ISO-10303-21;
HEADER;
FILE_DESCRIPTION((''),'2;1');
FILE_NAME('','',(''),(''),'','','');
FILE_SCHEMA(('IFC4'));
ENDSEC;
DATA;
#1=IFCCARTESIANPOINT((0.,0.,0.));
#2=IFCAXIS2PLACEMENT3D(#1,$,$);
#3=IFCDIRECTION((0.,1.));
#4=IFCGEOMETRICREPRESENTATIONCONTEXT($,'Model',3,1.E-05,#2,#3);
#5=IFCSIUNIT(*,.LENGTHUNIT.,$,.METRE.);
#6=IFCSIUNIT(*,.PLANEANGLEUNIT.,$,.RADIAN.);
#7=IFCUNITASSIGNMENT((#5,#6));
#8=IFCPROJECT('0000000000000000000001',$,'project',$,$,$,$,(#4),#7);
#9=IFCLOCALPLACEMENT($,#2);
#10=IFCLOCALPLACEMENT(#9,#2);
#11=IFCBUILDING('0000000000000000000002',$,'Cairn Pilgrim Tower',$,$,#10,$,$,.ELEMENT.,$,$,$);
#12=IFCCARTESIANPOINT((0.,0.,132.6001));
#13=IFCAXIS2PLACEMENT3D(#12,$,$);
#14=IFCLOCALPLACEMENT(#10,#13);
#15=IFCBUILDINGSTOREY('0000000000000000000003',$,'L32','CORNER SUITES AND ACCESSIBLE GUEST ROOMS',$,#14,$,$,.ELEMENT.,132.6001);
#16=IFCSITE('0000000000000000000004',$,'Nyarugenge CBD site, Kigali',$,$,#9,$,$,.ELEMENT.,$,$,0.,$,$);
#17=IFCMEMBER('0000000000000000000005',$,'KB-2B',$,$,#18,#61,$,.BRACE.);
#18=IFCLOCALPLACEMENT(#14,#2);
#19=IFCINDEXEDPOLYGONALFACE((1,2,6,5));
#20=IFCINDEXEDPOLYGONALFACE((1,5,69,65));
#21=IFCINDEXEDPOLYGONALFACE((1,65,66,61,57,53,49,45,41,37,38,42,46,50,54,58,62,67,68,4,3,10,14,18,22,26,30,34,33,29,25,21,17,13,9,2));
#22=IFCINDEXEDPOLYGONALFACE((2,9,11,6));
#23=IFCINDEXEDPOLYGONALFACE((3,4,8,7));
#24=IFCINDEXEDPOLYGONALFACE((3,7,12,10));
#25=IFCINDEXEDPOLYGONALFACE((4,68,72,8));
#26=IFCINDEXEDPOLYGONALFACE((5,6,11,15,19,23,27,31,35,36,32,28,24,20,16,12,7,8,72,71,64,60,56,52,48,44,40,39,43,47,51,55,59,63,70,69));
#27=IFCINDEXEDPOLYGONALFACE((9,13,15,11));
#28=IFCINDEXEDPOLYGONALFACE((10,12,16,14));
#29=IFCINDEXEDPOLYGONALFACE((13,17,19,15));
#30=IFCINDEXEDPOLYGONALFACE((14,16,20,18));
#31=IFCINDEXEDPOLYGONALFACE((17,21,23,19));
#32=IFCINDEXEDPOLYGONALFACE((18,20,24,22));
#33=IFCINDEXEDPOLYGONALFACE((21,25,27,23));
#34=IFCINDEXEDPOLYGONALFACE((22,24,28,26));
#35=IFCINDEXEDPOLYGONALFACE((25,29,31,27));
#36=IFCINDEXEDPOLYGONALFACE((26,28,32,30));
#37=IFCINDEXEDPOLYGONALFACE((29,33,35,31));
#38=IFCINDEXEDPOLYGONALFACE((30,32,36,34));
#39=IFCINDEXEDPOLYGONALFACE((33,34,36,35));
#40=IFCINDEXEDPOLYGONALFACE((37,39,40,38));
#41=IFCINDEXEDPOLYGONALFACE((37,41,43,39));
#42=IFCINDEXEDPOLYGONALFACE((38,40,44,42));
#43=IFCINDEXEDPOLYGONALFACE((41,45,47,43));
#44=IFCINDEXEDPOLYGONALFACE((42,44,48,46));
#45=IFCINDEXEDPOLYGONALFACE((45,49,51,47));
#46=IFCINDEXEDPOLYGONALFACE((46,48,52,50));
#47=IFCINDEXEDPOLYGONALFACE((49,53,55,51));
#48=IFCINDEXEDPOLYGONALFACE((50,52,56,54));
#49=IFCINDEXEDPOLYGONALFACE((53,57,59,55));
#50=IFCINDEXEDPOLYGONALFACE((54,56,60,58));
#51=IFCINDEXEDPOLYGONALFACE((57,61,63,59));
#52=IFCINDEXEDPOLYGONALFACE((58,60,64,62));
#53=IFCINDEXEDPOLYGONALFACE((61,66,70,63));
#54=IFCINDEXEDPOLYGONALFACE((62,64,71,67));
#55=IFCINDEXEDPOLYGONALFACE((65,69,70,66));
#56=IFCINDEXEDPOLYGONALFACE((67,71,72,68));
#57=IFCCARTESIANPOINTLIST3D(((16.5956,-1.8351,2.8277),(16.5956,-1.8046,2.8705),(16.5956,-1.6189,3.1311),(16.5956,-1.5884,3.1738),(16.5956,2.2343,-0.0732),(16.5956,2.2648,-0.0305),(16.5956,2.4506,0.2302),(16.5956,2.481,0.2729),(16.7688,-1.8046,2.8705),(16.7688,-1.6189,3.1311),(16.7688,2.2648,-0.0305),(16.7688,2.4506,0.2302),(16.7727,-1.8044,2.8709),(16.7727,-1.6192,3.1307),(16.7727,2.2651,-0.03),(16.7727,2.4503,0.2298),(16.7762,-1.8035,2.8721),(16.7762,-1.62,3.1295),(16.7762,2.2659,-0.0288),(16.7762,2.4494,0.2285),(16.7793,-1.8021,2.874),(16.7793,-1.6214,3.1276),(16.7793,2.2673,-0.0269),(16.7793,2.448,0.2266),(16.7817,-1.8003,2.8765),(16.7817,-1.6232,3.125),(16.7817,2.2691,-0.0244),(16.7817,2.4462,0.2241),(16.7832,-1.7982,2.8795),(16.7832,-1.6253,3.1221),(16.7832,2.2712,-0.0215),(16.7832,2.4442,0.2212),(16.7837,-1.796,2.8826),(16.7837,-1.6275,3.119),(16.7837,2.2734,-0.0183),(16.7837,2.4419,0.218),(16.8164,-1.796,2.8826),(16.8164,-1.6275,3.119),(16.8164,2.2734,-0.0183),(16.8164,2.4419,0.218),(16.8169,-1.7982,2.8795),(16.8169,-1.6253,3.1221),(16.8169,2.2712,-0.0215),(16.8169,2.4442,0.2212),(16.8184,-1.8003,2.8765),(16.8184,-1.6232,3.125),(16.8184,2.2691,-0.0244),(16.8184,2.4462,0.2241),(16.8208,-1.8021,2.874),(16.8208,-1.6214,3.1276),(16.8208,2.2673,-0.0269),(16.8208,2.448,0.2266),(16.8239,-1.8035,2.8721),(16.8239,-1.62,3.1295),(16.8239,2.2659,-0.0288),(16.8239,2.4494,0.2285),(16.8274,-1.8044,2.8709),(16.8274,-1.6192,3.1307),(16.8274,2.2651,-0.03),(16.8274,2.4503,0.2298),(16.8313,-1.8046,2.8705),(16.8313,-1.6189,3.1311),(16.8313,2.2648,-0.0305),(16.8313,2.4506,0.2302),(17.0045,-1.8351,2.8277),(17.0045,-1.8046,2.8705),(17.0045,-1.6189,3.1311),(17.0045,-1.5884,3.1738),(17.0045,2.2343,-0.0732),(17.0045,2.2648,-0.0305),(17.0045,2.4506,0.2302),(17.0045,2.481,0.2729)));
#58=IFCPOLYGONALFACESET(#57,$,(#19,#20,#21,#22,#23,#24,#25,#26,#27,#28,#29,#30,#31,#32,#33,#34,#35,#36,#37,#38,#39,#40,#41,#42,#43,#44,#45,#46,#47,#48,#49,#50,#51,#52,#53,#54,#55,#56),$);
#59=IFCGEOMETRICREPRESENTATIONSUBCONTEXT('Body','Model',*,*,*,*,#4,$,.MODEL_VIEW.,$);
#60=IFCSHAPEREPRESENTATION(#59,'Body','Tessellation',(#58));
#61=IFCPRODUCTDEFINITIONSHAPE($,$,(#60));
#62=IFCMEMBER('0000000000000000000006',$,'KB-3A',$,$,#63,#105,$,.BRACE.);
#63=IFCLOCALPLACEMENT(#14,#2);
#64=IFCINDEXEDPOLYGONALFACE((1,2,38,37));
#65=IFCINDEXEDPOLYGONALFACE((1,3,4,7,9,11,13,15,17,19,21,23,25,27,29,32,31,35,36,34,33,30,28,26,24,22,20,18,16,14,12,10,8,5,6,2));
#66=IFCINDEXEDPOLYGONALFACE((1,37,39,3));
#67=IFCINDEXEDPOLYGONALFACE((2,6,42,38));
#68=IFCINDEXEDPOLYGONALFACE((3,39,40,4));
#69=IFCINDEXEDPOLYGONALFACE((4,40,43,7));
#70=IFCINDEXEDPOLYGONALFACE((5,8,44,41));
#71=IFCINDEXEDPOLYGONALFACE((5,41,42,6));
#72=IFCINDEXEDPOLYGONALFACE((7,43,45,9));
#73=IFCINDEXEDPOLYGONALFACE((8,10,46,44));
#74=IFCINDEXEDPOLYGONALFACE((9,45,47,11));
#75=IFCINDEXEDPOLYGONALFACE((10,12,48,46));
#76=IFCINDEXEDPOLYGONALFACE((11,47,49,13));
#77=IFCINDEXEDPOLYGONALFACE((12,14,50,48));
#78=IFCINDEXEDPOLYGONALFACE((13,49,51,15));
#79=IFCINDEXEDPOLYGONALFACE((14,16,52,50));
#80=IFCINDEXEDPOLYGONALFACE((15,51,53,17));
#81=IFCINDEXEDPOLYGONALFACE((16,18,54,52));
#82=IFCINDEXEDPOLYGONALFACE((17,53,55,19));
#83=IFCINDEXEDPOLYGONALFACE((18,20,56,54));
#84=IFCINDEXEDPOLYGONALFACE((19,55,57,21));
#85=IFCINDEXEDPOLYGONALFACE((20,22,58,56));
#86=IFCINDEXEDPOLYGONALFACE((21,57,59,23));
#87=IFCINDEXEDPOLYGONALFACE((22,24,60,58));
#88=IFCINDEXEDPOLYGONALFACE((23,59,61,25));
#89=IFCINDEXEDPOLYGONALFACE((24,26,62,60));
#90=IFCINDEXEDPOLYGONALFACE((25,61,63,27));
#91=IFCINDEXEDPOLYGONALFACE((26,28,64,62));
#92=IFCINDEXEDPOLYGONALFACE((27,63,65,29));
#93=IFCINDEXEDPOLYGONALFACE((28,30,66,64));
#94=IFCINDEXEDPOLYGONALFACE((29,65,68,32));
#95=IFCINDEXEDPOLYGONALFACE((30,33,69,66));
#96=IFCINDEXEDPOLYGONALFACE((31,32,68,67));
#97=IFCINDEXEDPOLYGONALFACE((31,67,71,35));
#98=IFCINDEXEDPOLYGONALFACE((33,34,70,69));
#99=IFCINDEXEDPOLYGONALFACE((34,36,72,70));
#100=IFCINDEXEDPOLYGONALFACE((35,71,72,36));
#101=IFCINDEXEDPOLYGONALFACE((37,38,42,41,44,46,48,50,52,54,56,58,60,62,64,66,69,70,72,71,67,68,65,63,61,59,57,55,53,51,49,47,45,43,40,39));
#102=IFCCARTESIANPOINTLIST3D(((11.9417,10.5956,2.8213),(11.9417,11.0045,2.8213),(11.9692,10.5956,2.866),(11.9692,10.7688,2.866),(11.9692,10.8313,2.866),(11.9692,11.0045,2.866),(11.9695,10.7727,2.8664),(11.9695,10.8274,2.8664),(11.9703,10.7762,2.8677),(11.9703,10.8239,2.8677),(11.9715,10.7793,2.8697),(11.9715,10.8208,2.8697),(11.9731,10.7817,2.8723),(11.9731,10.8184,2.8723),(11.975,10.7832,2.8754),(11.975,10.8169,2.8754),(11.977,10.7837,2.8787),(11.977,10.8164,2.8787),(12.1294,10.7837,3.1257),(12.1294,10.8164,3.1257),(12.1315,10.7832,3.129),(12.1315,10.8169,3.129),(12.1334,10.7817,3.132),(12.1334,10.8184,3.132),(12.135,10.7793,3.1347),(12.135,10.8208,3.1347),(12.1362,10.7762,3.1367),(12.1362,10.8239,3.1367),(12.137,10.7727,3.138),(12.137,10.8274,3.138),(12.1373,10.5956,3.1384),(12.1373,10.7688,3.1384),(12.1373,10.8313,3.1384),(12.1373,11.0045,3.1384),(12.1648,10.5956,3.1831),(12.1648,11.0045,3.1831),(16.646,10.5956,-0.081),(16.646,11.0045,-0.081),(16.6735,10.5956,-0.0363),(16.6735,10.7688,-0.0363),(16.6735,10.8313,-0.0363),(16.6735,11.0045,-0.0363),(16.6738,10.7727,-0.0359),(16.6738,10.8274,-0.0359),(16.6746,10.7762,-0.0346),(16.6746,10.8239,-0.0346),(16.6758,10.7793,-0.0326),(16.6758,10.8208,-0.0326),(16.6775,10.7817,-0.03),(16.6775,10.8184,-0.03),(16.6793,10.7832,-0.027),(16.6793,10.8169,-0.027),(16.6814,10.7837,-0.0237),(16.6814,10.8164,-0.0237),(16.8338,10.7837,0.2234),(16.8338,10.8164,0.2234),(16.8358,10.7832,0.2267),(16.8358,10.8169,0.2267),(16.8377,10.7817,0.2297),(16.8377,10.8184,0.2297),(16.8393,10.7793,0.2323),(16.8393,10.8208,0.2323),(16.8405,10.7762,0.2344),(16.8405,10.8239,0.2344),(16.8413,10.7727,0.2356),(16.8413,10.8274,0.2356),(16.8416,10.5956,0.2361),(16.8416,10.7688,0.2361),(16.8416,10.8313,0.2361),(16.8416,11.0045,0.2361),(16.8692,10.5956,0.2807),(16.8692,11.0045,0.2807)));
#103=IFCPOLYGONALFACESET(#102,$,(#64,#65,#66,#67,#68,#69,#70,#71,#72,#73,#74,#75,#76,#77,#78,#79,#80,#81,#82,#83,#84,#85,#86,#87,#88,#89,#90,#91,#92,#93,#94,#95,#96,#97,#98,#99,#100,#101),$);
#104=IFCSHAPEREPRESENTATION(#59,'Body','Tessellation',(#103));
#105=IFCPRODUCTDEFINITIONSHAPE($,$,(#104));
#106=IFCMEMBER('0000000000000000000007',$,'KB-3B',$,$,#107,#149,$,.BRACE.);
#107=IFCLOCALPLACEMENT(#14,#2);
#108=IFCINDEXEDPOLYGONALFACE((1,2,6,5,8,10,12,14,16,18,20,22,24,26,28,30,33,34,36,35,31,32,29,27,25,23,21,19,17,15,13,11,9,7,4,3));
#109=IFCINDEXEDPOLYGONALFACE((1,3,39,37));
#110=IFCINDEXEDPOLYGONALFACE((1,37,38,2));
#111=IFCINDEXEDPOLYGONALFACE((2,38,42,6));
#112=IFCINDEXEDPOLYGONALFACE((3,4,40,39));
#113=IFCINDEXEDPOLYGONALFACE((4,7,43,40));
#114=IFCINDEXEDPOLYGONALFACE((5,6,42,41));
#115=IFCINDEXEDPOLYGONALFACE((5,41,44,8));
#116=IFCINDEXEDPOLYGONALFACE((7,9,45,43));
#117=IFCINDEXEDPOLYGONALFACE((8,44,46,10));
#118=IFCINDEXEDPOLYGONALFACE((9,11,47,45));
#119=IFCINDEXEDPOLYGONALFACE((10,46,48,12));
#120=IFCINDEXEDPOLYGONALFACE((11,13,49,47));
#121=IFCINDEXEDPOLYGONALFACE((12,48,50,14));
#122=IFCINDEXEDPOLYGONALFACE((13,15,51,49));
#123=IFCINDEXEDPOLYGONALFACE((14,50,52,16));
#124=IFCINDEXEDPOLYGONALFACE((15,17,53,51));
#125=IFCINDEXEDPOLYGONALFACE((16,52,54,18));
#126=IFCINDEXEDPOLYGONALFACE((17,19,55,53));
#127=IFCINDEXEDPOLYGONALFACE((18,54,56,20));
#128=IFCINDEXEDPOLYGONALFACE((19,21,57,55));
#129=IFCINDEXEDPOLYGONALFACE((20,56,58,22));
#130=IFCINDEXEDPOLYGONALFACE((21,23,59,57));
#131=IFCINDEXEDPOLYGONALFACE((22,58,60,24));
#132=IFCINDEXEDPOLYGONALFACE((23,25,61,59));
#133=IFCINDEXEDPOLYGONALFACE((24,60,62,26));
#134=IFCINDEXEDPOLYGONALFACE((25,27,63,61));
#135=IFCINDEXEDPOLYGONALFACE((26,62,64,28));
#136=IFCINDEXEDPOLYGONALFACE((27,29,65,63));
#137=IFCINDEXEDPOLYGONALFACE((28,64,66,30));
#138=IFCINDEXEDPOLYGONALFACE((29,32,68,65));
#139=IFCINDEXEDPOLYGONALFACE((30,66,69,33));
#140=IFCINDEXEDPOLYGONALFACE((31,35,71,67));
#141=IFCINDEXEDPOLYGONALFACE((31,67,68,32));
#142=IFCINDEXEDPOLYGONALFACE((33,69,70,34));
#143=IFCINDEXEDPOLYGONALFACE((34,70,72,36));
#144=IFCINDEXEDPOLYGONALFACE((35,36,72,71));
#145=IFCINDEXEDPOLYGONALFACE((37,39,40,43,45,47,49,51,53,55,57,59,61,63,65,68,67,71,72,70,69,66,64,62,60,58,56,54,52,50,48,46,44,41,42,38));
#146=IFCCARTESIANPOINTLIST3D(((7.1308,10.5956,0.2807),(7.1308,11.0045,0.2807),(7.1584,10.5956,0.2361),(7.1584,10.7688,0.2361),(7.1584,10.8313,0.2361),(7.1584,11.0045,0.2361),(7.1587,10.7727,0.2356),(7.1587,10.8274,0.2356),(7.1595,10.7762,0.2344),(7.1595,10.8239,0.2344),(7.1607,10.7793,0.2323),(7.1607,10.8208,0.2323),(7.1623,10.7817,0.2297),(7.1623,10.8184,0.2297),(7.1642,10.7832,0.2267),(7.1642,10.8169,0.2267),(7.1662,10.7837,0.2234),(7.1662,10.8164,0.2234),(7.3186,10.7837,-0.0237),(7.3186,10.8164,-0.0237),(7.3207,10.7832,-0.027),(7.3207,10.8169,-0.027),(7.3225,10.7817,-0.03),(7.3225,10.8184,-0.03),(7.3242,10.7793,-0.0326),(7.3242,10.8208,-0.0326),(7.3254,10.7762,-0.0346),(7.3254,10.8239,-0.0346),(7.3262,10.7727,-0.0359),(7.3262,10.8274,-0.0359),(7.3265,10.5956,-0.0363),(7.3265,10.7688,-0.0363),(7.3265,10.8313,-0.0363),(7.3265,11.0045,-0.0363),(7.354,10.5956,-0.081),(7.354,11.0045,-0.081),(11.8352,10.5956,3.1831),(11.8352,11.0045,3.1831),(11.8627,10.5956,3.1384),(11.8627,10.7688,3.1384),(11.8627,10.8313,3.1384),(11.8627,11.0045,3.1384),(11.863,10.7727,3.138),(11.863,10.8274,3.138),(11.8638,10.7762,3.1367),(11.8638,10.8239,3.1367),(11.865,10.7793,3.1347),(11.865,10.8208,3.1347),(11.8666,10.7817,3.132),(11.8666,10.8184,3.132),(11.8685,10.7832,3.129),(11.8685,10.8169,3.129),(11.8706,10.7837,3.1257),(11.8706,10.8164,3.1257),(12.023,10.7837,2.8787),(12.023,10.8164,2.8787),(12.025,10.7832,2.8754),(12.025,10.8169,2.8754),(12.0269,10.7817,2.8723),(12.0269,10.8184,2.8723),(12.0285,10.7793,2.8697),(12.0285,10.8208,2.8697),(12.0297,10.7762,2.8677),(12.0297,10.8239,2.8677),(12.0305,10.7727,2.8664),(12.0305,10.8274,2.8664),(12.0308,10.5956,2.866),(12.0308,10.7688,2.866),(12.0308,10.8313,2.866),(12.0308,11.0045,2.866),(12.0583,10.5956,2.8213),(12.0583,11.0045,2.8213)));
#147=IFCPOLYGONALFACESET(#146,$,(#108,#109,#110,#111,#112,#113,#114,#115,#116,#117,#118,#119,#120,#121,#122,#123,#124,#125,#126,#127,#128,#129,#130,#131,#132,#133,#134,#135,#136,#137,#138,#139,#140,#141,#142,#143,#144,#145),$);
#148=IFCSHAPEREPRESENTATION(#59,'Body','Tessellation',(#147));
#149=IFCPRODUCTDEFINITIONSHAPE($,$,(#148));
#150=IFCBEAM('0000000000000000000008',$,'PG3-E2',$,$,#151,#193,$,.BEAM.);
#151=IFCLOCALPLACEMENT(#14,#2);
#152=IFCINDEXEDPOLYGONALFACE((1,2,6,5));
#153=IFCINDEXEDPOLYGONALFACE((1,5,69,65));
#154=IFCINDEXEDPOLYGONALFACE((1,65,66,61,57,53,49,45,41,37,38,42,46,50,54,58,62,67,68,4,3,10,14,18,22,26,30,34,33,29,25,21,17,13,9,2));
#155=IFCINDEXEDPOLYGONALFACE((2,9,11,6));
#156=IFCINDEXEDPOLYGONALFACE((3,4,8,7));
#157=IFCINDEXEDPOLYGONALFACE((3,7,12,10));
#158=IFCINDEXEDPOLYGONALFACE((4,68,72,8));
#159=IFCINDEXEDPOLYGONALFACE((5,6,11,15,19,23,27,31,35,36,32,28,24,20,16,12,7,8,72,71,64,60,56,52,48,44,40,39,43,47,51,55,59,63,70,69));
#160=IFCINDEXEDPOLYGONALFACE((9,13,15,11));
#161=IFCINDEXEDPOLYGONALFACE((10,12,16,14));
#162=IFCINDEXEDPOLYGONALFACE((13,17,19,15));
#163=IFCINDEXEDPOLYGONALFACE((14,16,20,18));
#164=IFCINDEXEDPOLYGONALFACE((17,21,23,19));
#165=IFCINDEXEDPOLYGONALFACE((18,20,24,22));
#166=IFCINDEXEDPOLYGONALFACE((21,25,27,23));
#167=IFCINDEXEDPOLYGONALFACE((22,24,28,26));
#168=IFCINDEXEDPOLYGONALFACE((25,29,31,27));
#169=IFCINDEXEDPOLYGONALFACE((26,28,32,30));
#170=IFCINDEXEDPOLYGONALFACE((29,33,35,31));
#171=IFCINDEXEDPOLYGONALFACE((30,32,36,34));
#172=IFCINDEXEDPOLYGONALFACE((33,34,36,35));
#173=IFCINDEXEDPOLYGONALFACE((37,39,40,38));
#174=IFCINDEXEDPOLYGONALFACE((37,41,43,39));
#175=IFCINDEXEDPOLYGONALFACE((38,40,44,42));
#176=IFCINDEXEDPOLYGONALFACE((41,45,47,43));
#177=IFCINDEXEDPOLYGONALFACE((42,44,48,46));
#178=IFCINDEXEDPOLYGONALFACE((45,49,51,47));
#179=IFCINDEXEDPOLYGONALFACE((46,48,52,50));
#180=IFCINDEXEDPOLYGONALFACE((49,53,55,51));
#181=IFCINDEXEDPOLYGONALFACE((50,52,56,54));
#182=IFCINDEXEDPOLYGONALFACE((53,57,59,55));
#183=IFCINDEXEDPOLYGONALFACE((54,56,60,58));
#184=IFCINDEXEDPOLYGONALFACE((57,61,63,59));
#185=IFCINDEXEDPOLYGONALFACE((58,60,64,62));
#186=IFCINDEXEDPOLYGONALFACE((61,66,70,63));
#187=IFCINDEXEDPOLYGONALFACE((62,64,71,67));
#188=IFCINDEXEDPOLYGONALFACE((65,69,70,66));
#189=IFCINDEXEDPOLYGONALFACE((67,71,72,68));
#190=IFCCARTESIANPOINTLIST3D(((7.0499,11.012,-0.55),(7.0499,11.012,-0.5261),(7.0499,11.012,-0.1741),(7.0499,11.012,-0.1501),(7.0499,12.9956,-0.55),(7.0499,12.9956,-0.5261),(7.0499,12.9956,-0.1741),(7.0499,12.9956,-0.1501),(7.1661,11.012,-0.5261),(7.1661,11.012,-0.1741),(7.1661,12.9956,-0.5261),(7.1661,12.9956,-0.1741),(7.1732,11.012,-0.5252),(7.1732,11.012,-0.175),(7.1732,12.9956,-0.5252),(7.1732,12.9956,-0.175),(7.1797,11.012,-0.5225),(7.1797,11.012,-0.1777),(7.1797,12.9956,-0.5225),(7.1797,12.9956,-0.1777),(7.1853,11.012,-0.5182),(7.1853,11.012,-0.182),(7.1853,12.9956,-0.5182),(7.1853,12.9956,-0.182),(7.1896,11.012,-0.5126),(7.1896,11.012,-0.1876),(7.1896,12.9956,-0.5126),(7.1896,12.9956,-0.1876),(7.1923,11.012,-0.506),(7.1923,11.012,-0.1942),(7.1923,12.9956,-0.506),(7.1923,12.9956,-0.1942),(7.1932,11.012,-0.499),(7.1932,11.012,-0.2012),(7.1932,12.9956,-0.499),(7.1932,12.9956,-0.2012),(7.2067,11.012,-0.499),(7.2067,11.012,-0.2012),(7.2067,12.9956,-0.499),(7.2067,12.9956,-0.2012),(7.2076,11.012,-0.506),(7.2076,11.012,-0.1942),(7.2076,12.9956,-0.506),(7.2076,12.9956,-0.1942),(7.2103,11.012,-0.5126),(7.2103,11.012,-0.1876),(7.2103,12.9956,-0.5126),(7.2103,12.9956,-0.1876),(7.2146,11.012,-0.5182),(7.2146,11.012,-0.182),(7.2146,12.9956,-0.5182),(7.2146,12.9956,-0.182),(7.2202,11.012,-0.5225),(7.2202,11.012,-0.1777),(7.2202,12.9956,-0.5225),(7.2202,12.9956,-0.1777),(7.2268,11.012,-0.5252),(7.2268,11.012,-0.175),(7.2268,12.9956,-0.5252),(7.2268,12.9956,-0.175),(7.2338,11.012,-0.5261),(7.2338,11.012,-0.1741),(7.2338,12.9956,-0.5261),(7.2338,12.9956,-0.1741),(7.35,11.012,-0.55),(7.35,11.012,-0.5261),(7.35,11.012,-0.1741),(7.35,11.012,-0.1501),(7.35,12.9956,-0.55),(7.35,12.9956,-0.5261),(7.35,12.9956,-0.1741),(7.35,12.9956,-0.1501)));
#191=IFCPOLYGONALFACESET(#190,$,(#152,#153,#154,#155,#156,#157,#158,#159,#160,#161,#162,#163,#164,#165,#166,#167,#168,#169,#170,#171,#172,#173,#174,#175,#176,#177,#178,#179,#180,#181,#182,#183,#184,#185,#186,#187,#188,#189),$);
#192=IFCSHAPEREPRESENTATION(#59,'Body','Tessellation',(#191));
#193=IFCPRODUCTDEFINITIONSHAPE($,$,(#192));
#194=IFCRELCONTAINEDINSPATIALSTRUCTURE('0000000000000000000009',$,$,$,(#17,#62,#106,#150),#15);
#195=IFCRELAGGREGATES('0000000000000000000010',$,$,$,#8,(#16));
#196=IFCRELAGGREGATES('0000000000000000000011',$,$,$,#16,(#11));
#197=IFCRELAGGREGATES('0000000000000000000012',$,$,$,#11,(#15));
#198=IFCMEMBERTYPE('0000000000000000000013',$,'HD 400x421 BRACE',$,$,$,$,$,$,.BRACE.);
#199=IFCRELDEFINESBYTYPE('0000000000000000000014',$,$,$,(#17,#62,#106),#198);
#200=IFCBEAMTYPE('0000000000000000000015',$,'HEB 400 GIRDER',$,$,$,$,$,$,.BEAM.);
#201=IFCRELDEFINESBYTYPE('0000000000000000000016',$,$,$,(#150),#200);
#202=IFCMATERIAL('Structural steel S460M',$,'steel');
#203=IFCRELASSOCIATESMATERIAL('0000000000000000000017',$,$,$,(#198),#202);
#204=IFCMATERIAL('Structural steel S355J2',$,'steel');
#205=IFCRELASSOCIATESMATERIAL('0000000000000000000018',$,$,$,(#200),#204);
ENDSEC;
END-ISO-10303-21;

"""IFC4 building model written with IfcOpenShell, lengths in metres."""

from ifc_helpers import new_model, si_unit, direction, frame, origin, origin_2d, place, context, subcontext, project, spatial, i_section, extrude, material, material_profile, profile_set, type_object, element, save


model = new_model("IFC4")

# Units and contexts
model_context = context("Model", 3, precision=1e-05, world=origin(), true_north=direction((0.0, 1.0)))
body_context = subcontext(model_context, "Body", "Model", "MODEL_VIEW")
ifc_project = project(units=[si_unit("LENGTHUNIT", "METRE"), si_unit("PLANEANGLEUNIT", "RADIAN")], contexts=[model_context])

# Site, building, storey
site_placement = place(None, origin())
site = spatial("IfcSite", under=ifc_project, at=site_placement, Name="Nyarugenge CBD site, Kigali", CompositionType="ELEMENT", RefElevation=0.0)
building_placement = place(site_placement, origin())
building = spatial("IfcBuilding", under=site, at=building_placement, Name="Cairn Pilgrim Tower", CompositionType="ELEMENT")
storey_placement = place(building_placement, frame((0.0, 0.0, 132.6001)))
storey = spatial("IfcBuildingStorey", under=building, at=storey_placement, Name="L32", Description="CORNER SUITES AND ACCESSIBLE GUEST ROOMS", CompositionType="ELEMENT", Elevation=132.6001)

# Shared definitions
ifc_material_1 = material(Name="Structural steel S460M", Category="steel")

# Members
ifc_material_profile_1 = material_profile(ifc_material_1, i_section(OverallWidth=0.4089, OverallDepth=0.425, WebThickness=0.0327, FlangeThickness=0.0525, FilletRadius=0.0149, at=origin_2d()), Name="HD 400x421")
ifc_profile_set_1 = profile_set([ifc_material_profile_1], Name="Structural steel S460M")
member_type = type_object("IfcMemberType", Name="HD 400x421 BRACE", PredefinedType="BRACE", material=ifc_profile_set_1)
member_placement = place(storey_placement, frame((16.8, 2.3577, 0.0999), z_axis=(0.0, -0.814281, 0.580471), x_axis=(1.0, 0.0, 0.0)))
element("IfcMember", 1, at=member_placement, inside=storey, type_object=member_type, Name="KB-2B", PredefinedType="BRACE", context=body_context, shape_type="SweptSolid", body=[
    extrude(i_section(OverallWidth=0.4089, OverallDepth=0.425, WebThickness=0.0327, FlangeThickness=0.0525, FilletRadius=0.0149, at=origin_2d()), origin(), (0.0, 0.0, 1.0), 4.9976),
])
for number, where, z_axis, x_axis, name in (
    (2, (16.7576, 10.8, 0.0999), (-0.851063, 0.0, 0.525063), (0.0, -1.0, 0.0), "KB-3A"),
    (3, (7.2424, 10.8, 0.0999), (0.851063, 0.0, 0.525063), (0.0, 1.0, 0.0), "KB-3B"),
):
    element("IfcMember", number, at=place(storey_placement, frame(where, z_axis=z_axis, x_axis=x_axis)), inside=storey, type_object=member_type, Name=name, PredefinedType="BRACE", context=body_context, shape_type="SweptSolid", body=[
        extrude(i_section(OverallWidth=0.4089, OverallDepth=0.425, WebThickness=0.0327, FlangeThickness=0.0525, FilletRadius=0.0149, at=origin_2d()), origin(), (0.0, 0.0, 1.0), 5.5276),
    ])

# Beam
ifc_material_2 = material(Name="Structural steel S355J2", Category="steel")
ifc_material_profile_2 = material_profile(ifc_material_2, i_section(OverallWidth=0.3, OverallDepth=0.3999, WebThickness=0.0134, FlangeThickness=0.0239, FilletRadius=0.0271, at=origin_2d()), Name="HEB 400")
ifc_profile_set_2 = profile_set([ifc_material_profile_2], Name="Structural steel S355J2")
beam_type_1 = type_object("IfcBeamType", Name="HEB 400 GIRDER", PredefinedType="BEAM", material=ifc_profile_set_2)
beam_1_placement = place(storey_placement, frame((7.2, 11.012, -0.3501), z_axis=(0.0, 1.0, 0.0), x_axis=(-1.0, 0.0, 0.0)))
element("IfcBeam", 4, at=beam_1_placement, inside=storey, type_object=beam_type_1, Name="PG3-E2", PredefinedType="BEAM", context=body_context, shape_type="SweptSolid", body=[
    extrude(i_section(OverallWidth=0.3, OverallDepth=0.3999, WebThickness=0.0134, FlangeThickness=0.0239, FilletRadius=0.0271, at=origin_2d()), origin(), (0.0, 0.0, 1.0), 1.9836),
])

save(model, "model.ifc")
